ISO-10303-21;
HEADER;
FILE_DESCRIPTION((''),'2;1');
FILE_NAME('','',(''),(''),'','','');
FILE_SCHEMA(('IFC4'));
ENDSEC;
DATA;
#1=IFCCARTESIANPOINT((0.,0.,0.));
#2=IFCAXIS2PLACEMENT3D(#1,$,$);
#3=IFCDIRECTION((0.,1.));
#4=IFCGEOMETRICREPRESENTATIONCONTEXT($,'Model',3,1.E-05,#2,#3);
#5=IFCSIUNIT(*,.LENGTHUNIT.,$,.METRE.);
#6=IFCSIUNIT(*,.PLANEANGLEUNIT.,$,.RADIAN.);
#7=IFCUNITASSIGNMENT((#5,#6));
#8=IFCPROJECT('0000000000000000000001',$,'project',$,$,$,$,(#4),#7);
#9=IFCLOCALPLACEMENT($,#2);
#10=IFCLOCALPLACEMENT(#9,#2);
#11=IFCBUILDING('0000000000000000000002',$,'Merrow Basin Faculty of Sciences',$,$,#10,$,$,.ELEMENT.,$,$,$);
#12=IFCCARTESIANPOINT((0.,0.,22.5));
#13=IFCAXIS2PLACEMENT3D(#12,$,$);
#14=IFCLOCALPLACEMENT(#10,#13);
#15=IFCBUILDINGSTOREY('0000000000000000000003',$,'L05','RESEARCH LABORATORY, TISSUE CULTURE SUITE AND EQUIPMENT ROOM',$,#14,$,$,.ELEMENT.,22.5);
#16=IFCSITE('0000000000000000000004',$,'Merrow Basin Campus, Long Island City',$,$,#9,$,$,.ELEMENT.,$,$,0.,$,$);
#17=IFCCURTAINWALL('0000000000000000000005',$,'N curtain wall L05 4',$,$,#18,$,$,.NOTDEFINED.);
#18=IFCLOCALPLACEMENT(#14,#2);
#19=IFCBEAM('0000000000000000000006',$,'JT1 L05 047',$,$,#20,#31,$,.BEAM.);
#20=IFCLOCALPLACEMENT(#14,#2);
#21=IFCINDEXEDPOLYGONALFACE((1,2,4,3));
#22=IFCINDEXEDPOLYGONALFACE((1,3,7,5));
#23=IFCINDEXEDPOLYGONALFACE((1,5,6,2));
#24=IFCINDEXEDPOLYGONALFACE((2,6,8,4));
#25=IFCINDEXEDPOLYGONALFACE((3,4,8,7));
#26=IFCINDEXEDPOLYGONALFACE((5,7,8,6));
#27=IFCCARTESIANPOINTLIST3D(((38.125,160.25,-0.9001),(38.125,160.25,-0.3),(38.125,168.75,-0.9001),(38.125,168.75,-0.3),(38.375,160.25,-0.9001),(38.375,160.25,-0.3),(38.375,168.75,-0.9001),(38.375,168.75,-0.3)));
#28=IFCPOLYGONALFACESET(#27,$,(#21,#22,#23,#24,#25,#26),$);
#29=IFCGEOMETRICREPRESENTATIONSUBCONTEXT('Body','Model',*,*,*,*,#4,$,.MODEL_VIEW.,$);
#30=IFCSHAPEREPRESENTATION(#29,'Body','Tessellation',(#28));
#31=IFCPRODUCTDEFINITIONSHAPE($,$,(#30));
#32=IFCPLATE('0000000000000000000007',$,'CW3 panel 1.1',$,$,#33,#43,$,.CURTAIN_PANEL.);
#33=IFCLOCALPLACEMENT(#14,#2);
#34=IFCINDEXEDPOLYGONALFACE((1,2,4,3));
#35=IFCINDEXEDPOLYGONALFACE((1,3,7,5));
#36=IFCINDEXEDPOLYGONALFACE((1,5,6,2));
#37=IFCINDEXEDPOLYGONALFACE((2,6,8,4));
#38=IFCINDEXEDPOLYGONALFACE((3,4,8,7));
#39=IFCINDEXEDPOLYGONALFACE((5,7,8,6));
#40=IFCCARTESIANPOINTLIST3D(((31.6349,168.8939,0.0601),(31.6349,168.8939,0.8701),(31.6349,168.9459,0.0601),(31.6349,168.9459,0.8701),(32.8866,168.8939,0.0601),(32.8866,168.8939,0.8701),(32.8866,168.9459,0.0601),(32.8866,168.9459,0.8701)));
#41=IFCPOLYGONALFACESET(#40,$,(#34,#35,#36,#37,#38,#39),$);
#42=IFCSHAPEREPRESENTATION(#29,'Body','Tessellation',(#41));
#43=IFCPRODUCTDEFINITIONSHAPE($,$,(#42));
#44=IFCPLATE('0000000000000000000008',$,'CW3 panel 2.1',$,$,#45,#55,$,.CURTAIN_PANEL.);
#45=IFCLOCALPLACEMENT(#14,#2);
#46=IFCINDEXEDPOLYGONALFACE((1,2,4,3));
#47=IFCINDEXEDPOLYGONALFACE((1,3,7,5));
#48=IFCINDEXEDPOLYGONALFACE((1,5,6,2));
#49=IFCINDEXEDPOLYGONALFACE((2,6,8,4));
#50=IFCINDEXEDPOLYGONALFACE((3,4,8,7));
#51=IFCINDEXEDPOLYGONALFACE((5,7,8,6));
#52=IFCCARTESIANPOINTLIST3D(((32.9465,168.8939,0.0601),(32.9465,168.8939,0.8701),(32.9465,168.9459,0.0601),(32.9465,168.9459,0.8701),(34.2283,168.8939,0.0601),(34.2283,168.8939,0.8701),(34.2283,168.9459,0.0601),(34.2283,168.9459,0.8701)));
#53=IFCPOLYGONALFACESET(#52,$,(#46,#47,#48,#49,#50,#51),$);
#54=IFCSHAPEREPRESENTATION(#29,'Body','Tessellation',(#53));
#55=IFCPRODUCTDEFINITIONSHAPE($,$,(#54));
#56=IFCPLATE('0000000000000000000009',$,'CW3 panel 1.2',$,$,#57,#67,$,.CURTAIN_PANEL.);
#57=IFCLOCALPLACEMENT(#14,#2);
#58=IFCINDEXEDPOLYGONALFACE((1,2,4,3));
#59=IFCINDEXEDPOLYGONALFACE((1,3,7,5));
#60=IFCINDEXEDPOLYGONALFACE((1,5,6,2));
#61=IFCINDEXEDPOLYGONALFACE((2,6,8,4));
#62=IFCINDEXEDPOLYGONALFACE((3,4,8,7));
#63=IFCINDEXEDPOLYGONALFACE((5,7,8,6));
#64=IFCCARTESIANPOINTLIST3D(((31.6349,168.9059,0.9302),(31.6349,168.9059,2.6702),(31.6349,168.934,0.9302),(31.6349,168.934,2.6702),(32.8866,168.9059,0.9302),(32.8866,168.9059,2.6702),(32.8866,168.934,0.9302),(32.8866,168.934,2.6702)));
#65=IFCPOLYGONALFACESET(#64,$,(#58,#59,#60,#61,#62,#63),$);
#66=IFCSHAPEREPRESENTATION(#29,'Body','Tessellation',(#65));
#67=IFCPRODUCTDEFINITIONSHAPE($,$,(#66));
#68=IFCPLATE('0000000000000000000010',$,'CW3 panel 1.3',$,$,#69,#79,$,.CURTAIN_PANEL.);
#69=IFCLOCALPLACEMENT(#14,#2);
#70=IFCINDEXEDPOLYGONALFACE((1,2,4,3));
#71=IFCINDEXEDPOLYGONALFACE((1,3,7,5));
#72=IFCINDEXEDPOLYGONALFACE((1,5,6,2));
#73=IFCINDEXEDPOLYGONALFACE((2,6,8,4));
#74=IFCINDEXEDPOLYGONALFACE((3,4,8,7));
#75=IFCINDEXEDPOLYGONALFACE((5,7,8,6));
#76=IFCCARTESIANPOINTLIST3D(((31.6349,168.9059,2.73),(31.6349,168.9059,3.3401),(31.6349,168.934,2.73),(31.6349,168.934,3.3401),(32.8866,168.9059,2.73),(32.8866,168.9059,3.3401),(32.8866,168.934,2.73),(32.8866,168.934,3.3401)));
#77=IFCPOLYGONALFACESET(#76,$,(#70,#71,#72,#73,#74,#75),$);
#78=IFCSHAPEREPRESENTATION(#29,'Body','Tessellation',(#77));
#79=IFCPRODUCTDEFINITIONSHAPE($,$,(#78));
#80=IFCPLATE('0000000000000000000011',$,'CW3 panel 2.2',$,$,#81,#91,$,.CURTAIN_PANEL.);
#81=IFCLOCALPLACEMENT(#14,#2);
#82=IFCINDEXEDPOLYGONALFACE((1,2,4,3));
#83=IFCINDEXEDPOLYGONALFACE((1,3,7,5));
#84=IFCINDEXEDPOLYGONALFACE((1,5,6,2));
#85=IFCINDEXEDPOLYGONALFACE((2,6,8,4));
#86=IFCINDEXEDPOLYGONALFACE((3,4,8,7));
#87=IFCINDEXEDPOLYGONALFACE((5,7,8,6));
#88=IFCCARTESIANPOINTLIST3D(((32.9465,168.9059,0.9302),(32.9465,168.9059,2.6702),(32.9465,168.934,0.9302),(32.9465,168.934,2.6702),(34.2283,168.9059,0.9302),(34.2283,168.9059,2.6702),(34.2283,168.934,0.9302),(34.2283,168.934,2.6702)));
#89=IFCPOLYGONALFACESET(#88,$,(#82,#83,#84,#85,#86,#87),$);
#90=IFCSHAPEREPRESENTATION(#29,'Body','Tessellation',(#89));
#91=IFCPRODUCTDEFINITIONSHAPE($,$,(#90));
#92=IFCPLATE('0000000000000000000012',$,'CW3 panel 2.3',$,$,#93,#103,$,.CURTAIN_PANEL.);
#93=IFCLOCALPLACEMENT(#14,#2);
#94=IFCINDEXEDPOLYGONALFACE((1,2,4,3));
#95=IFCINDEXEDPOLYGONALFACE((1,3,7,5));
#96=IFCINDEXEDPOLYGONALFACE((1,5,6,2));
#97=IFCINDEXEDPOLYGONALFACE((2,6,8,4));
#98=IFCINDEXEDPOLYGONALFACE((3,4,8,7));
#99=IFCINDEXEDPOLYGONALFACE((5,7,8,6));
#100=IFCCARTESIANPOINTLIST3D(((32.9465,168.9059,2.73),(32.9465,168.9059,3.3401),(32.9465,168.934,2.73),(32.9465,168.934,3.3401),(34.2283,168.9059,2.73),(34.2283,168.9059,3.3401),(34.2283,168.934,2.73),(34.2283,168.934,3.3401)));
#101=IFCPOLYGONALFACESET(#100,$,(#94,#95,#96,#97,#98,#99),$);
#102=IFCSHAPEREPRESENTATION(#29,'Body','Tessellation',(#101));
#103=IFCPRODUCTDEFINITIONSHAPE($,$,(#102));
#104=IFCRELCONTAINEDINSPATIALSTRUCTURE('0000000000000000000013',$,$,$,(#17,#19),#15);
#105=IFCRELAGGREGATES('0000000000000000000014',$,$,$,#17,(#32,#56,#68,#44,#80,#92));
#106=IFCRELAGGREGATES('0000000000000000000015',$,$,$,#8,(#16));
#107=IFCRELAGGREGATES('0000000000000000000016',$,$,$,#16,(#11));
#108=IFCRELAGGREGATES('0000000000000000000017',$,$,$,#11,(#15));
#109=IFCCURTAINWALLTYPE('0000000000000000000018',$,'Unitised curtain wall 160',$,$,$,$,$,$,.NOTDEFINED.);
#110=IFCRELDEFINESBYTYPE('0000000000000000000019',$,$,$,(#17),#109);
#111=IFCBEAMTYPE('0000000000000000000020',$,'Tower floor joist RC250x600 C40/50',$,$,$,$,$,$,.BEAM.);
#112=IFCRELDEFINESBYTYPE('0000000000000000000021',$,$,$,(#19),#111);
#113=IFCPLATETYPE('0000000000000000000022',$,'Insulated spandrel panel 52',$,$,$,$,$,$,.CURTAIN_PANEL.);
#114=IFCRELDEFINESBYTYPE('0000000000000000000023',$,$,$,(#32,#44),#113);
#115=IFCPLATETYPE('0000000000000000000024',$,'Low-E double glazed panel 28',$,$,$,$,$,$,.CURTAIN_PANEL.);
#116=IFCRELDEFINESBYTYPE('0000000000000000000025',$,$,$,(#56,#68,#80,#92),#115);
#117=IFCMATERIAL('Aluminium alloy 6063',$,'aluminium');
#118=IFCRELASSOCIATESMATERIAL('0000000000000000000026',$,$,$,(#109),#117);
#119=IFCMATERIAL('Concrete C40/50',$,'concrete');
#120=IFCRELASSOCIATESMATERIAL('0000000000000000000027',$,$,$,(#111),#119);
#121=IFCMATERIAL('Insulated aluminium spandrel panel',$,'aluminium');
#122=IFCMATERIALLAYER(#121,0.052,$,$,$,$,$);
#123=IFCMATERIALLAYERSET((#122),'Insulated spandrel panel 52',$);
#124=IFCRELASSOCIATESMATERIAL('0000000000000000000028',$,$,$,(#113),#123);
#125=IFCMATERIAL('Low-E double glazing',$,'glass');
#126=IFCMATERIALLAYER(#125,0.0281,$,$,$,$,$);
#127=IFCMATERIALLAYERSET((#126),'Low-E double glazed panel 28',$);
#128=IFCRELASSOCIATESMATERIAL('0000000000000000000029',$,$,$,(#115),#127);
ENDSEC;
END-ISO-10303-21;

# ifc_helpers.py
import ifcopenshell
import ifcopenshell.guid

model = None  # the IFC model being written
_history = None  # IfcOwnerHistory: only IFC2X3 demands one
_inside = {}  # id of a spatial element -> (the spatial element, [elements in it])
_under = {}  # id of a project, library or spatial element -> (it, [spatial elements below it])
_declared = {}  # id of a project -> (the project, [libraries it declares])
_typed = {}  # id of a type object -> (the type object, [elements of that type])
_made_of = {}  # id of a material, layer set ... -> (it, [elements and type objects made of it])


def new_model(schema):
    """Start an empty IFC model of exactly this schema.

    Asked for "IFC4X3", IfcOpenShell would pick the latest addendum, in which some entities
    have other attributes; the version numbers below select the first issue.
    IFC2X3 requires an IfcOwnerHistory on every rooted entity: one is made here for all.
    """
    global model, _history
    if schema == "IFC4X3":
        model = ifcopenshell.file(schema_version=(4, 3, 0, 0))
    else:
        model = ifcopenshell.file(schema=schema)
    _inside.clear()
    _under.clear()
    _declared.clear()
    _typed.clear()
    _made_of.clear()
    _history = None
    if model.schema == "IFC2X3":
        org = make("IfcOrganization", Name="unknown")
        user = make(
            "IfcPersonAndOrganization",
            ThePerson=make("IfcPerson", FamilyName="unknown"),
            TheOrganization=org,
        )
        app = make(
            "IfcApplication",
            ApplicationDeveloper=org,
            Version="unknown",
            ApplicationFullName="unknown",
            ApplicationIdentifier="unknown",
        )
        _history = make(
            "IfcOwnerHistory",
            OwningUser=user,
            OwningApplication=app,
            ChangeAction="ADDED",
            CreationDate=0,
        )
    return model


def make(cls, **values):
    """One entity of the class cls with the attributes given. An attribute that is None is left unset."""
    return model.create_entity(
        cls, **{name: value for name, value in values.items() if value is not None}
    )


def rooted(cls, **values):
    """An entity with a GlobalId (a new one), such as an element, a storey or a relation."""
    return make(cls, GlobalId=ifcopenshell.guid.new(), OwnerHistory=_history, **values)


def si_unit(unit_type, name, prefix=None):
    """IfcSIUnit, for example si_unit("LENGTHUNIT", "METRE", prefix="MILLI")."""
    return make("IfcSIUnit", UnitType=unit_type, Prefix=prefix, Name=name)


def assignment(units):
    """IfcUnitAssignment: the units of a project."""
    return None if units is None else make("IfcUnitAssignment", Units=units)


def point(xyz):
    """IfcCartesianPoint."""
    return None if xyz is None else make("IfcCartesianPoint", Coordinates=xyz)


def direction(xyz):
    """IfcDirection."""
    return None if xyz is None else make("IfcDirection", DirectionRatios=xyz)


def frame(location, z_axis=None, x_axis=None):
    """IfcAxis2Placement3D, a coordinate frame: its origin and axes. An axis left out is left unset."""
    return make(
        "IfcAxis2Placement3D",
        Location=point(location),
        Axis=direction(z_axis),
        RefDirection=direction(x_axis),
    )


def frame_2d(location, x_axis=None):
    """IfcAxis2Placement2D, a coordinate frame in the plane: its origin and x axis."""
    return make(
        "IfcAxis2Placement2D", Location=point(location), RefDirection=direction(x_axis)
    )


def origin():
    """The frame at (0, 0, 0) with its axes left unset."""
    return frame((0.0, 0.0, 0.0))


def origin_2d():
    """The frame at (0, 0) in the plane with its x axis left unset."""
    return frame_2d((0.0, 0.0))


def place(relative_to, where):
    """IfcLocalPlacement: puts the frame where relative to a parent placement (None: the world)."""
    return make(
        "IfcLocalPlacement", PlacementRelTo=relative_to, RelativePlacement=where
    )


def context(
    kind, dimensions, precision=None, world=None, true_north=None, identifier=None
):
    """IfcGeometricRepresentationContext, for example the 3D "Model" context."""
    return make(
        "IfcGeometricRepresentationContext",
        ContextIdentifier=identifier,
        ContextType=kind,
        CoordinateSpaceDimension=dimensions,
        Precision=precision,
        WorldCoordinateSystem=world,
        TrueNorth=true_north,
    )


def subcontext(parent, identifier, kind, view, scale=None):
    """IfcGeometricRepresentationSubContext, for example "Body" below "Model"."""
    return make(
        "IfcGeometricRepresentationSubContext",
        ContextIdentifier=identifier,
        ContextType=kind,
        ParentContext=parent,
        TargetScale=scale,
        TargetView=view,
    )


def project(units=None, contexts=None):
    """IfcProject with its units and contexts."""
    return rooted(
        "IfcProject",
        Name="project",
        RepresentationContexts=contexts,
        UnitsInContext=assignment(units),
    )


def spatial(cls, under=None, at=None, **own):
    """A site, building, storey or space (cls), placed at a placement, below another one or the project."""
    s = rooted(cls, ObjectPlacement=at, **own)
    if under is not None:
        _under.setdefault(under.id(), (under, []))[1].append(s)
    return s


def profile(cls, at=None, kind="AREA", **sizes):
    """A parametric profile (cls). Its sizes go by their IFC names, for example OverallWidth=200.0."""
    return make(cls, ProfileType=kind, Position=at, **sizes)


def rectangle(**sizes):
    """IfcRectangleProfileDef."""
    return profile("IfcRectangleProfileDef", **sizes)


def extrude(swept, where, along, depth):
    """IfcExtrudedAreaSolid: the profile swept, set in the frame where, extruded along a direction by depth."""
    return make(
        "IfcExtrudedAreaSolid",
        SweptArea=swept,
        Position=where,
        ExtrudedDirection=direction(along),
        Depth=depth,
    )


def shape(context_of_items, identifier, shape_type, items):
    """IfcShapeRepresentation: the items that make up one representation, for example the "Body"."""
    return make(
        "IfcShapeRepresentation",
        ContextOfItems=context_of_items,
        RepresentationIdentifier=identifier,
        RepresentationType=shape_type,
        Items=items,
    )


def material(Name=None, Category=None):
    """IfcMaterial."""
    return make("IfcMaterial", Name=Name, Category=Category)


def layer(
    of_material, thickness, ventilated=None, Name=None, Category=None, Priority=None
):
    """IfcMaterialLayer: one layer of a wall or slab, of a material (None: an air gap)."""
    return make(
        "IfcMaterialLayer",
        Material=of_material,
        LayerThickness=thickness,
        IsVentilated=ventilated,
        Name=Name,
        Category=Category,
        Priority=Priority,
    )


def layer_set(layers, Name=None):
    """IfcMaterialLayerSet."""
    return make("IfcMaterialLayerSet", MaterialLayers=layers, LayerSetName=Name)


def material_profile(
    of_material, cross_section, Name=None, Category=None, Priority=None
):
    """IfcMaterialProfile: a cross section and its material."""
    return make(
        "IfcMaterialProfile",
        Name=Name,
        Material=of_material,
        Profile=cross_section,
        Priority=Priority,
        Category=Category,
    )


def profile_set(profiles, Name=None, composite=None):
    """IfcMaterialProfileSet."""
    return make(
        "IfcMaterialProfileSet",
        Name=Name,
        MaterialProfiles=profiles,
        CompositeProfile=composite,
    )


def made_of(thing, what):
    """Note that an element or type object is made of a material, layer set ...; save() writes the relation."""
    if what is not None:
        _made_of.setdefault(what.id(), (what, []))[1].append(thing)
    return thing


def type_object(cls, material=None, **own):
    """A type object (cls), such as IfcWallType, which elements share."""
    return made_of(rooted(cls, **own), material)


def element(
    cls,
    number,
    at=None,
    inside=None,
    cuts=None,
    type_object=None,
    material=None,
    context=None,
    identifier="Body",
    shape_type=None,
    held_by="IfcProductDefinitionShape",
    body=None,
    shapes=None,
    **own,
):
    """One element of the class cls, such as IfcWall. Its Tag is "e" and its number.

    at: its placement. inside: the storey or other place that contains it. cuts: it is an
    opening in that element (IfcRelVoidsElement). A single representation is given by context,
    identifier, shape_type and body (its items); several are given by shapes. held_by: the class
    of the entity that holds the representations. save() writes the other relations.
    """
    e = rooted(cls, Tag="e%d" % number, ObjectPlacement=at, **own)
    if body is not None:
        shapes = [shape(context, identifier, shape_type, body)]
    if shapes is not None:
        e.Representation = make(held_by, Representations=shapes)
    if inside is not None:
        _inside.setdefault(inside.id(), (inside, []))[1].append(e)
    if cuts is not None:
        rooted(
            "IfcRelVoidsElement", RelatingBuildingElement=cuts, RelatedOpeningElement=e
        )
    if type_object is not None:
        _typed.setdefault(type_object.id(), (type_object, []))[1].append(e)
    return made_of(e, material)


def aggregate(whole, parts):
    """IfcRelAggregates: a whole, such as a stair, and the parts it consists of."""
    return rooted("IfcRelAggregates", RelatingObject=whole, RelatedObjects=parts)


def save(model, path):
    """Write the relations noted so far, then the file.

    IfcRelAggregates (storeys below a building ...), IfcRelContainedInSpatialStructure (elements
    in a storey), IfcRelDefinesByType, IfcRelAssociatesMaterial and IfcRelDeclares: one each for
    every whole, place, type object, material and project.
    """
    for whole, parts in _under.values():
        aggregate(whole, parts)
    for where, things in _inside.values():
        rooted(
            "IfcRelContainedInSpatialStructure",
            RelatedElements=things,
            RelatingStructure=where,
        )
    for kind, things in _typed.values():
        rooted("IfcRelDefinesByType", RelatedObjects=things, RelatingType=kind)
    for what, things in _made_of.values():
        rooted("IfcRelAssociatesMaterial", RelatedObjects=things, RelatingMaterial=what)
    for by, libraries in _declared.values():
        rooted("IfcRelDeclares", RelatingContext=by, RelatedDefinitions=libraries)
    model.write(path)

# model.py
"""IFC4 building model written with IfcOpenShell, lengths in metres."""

from ifc_helpers import new_model, si_unit, direction, frame, origin, origin_2d, place, context, subcontext, project, spatial, rectangle, extrude, material, layer, layer_set, material_profile, profile_set, type_object, element, aggregate, save


model = new_model("IFC4")

# Units and contexts
model_context = context("Model", 3, precision=1e-05, world=origin(), true_north=direction((0.0, 1.0)))
body_context = subcontext(model_context, "Body", "Model", "MODEL_VIEW")
ifc_project = project(units=[si_unit("LENGTHUNIT", "METRE"), si_unit("PLANEANGLEUNIT", "RADIAN")], contexts=[model_context])

# Site, building, storey
site_placement = place(None, origin())
site = spatial("IfcSite", under=ifc_project, at=site_placement, Name="Merrow Basin Campus, Long Island City", CompositionType="ELEMENT", RefElevation=0.0)
building_placement = place(site_placement, origin())
building = spatial("IfcBuilding", under=site, at=building_placement, Name="Merrow Basin Faculty of Sciences", CompositionType="ELEMENT")
storey_placement = place(building_placement, frame((0.0, 0.0, 22.5)))
storey = spatial("IfcBuildingStorey", under=building, at=storey_placement, Name="L05", Description="RESEARCH LABORATORY, TISSUE CULTURE SUITE AND EQUIPMENT ROOM", CompositionType="ELEMENT", Elevation=22.5)

# Curtain wall
ifc_material_1 = material(Name="Aluminium alloy 6063", Category="aluminium")
curtain_wall_type = type_object("IfcCurtainWallType", Name="Unitised curtain wall 160", PredefinedType="NOTDEFINED", material=ifc_material_1)
curtain_wall_placement = place(storey_placement, origin())
curtain_wall = element("IfcCurtainWall", 1, at=curtain_wall_placement, inside=storey, type_object=curtain_wall_type, Name="N curtain wall L05 4", PredefinedType="NOTDEFINED")

# Beam
ifc_material_2 = material(Name="Concrete C40/50", Category="concrete")
ifc_material_profile_1 = material_profile(ifc_material_2, rectangle(XDim=0.25, YDim=0.6001, at=origin_2d()))
ifc_profile_set_1 = profile_set([ifc_material_profile_1], Name="Concrete C40/50")
beam_type_1 = type_object("IfcBeamType", Name="Tower floor joist RC250x600 C40/50", PredefinedType="BEAM", material=ifc_profile_set_1)
for number, where, z_axis, x_axis, name in (
    (2, (38.25, 160.25, -0.6001), (0.0, 1.0, 0.0), (-1.0, 0.0, 0.0), "JT1 L05 047"),
):
    element("IfcBeam", number, at=place(storey_placement, frame(where, z_axis=z_axis, x_axis=x_axis)), inside=storey, type_object=beam_type_1, Name=name, PredefinedType="BEAM", context=body_context, shape_type="SweptSolid", body=[
        extrude(rectangle(XDim=0.25, YDim=0.6001, at=origin_2d()), origin(), (0.0, 0.0, 1.0), 8.5),
    ])

# Plates
ifc_material_3 = material(Name="Insulated aluminium spandrel panel", Category="aluminium")
ifc_layer_1 = layer(ifc_material_3, 0.052)
ifc_layer_set_1 = layer_set([ifc_layer_1], Name="Insulated spandrel panel 52")
plate_type_1 = type_object("IfcPlateType", Name="Insulated spandrel panel 52", PredefinedType="CURTAIN_PANEL", material=ifc_layer_set_1)
plate_1_placement = place(storey_placement, frame((32.2607, 168.9199, 0.0601), z_axis=(0.0, 0.0, 1.0), x_axis=(1.0, 0.0, 0.0)))
plate_1 = element("IfcPlate", 3, at=plate_1_placement, type_object=plate_type_1, Name="CW3 panel 1.1", PredefinedType="CURTAIN_PANEL", context=body_context, shape_type="SweptSolid", body=[
    extrude(rectangle(XDim=1.2517, YDim=0.052, at=origin_2d()), origin(), (0.0, 0.0, 1.0), 0.8101),
])
plate_2_placement = place(storey_placement, frame((33.5874, 168.9199, 0.0601), z_axis=(0.0, 0.0, 1.0), x_axis=(1.0, 0.0, 0.0)))
plate_2 = element("IfcPlate", 4, at=plate_2_placement, type_object=plate_type_1, Name="CW3 panel 2.1", PredefinedType="CURTAIN_PANEL", context=body_context, shape_type="SweptSolid", body=[
    extrude(rectangle(XDim=1.2817, YDim=0.052, at=origin_2d()), origin(), (0.0, 0.0, 1.0), 0.8101),
])
ifc_material_4 = material(Name="Low-E double glazing", Category="glass")
ifc_layer_2 = layer(ifc_material_4, 0.0281)
ifc_layer_set_2 = layer_set([ifc_layer_2], Name="Low-E double glazed panel 28")
plate_type_2 = type_object("IfcPlateType", Name="Low-E double glazed panel 28", PredefinedType="CURTAIN_PANEL", material=ifc_layer_set_2)
plate_3_placement = place(storey_placement, frame((32.2607, 168.9199, 0.9302), z_axis=(0.0, 0.0, 1.0), x_axis=(1.0, 0.0, 0.0)))
plate_3 = element("IfcPlate", 5, at=plate_3_placement, type_object=plate_type_2, Name="CW3 panel 1.2", PredefinedType="CURTAIN_PANEL", context=body_context, shape_type="SweptSolid", body=[
    extrude(rectangle(XDim=1.2517, YDim=0.0281, at=origin_2d()), origin(), (0.0, 0.0, 1.0), 1.74),
])
plate_4_placement = place(storey_placement, frame((32.2607, 168.9199, 2.73), z_axis=(0.0, 0.0, 1.0), x_axis=(1.0, 0.0, 0.0)))
plate_4 = element("IfcPlate", 6, at=plate_4_placement, type_object=plate_type_2, Name="CW3 panel 1.3", PredefinedType="CURTAIN_PANEL", context=body_context, shape_type="SweptSolid", body=[
    extrude(rectangle(XDim=1.2517, YDim=0.0281, at=origin_2d()), origin(), (0.0, 0.0, 1.0), 0.6101),
])
plate_5_placement = place(storey_placement, frame((33.5874, 168.9199, 0.9302), z_axis=(0.0, 0.0, 1.0), x_axis=(1.0, 0.0, 0.0)))
plate_5 = element("IfcPlate", 7, at=plate_5_placement, type_object=plate_type_2, Name="CW3 panel 2.2", PredefinedType="CURTAIN_PANEL", context=body_context, shape_type="SweptSolid", body=[
    extrude(rectangle(XDim=1.2817, YDim=0.0281, at=origin_2d()), origin(), (0.0, 0.0, 1.0), 1.74),
])
plate_6_placement = place(storey_placement, frame((33.5874, 168.9199, 2.73), z_axis=(0.0, 0.0, 1.0), x_axis=(1.0, 0.0, 0.0)))
plate_6 = element("IfcPlate", 8, at=plate_6_placement, type_object=plate_type_2, Name="CW3 panel 2.3", PredefinedType="CURTAIN_PANEL", context=body_context, shape_type="SweptSolid", body=[
    extrude(rectangle(XDim=1.2817, YDim=0.0281, at=origin_2d()), origin(), (0.0, 0.0, 1.0), 0.6101),
])
aggregate(curtain_wall, [plate_1, plate_3, plate_4, plate_2, plate_5, plate_6])

save(model, "model.ifc")
